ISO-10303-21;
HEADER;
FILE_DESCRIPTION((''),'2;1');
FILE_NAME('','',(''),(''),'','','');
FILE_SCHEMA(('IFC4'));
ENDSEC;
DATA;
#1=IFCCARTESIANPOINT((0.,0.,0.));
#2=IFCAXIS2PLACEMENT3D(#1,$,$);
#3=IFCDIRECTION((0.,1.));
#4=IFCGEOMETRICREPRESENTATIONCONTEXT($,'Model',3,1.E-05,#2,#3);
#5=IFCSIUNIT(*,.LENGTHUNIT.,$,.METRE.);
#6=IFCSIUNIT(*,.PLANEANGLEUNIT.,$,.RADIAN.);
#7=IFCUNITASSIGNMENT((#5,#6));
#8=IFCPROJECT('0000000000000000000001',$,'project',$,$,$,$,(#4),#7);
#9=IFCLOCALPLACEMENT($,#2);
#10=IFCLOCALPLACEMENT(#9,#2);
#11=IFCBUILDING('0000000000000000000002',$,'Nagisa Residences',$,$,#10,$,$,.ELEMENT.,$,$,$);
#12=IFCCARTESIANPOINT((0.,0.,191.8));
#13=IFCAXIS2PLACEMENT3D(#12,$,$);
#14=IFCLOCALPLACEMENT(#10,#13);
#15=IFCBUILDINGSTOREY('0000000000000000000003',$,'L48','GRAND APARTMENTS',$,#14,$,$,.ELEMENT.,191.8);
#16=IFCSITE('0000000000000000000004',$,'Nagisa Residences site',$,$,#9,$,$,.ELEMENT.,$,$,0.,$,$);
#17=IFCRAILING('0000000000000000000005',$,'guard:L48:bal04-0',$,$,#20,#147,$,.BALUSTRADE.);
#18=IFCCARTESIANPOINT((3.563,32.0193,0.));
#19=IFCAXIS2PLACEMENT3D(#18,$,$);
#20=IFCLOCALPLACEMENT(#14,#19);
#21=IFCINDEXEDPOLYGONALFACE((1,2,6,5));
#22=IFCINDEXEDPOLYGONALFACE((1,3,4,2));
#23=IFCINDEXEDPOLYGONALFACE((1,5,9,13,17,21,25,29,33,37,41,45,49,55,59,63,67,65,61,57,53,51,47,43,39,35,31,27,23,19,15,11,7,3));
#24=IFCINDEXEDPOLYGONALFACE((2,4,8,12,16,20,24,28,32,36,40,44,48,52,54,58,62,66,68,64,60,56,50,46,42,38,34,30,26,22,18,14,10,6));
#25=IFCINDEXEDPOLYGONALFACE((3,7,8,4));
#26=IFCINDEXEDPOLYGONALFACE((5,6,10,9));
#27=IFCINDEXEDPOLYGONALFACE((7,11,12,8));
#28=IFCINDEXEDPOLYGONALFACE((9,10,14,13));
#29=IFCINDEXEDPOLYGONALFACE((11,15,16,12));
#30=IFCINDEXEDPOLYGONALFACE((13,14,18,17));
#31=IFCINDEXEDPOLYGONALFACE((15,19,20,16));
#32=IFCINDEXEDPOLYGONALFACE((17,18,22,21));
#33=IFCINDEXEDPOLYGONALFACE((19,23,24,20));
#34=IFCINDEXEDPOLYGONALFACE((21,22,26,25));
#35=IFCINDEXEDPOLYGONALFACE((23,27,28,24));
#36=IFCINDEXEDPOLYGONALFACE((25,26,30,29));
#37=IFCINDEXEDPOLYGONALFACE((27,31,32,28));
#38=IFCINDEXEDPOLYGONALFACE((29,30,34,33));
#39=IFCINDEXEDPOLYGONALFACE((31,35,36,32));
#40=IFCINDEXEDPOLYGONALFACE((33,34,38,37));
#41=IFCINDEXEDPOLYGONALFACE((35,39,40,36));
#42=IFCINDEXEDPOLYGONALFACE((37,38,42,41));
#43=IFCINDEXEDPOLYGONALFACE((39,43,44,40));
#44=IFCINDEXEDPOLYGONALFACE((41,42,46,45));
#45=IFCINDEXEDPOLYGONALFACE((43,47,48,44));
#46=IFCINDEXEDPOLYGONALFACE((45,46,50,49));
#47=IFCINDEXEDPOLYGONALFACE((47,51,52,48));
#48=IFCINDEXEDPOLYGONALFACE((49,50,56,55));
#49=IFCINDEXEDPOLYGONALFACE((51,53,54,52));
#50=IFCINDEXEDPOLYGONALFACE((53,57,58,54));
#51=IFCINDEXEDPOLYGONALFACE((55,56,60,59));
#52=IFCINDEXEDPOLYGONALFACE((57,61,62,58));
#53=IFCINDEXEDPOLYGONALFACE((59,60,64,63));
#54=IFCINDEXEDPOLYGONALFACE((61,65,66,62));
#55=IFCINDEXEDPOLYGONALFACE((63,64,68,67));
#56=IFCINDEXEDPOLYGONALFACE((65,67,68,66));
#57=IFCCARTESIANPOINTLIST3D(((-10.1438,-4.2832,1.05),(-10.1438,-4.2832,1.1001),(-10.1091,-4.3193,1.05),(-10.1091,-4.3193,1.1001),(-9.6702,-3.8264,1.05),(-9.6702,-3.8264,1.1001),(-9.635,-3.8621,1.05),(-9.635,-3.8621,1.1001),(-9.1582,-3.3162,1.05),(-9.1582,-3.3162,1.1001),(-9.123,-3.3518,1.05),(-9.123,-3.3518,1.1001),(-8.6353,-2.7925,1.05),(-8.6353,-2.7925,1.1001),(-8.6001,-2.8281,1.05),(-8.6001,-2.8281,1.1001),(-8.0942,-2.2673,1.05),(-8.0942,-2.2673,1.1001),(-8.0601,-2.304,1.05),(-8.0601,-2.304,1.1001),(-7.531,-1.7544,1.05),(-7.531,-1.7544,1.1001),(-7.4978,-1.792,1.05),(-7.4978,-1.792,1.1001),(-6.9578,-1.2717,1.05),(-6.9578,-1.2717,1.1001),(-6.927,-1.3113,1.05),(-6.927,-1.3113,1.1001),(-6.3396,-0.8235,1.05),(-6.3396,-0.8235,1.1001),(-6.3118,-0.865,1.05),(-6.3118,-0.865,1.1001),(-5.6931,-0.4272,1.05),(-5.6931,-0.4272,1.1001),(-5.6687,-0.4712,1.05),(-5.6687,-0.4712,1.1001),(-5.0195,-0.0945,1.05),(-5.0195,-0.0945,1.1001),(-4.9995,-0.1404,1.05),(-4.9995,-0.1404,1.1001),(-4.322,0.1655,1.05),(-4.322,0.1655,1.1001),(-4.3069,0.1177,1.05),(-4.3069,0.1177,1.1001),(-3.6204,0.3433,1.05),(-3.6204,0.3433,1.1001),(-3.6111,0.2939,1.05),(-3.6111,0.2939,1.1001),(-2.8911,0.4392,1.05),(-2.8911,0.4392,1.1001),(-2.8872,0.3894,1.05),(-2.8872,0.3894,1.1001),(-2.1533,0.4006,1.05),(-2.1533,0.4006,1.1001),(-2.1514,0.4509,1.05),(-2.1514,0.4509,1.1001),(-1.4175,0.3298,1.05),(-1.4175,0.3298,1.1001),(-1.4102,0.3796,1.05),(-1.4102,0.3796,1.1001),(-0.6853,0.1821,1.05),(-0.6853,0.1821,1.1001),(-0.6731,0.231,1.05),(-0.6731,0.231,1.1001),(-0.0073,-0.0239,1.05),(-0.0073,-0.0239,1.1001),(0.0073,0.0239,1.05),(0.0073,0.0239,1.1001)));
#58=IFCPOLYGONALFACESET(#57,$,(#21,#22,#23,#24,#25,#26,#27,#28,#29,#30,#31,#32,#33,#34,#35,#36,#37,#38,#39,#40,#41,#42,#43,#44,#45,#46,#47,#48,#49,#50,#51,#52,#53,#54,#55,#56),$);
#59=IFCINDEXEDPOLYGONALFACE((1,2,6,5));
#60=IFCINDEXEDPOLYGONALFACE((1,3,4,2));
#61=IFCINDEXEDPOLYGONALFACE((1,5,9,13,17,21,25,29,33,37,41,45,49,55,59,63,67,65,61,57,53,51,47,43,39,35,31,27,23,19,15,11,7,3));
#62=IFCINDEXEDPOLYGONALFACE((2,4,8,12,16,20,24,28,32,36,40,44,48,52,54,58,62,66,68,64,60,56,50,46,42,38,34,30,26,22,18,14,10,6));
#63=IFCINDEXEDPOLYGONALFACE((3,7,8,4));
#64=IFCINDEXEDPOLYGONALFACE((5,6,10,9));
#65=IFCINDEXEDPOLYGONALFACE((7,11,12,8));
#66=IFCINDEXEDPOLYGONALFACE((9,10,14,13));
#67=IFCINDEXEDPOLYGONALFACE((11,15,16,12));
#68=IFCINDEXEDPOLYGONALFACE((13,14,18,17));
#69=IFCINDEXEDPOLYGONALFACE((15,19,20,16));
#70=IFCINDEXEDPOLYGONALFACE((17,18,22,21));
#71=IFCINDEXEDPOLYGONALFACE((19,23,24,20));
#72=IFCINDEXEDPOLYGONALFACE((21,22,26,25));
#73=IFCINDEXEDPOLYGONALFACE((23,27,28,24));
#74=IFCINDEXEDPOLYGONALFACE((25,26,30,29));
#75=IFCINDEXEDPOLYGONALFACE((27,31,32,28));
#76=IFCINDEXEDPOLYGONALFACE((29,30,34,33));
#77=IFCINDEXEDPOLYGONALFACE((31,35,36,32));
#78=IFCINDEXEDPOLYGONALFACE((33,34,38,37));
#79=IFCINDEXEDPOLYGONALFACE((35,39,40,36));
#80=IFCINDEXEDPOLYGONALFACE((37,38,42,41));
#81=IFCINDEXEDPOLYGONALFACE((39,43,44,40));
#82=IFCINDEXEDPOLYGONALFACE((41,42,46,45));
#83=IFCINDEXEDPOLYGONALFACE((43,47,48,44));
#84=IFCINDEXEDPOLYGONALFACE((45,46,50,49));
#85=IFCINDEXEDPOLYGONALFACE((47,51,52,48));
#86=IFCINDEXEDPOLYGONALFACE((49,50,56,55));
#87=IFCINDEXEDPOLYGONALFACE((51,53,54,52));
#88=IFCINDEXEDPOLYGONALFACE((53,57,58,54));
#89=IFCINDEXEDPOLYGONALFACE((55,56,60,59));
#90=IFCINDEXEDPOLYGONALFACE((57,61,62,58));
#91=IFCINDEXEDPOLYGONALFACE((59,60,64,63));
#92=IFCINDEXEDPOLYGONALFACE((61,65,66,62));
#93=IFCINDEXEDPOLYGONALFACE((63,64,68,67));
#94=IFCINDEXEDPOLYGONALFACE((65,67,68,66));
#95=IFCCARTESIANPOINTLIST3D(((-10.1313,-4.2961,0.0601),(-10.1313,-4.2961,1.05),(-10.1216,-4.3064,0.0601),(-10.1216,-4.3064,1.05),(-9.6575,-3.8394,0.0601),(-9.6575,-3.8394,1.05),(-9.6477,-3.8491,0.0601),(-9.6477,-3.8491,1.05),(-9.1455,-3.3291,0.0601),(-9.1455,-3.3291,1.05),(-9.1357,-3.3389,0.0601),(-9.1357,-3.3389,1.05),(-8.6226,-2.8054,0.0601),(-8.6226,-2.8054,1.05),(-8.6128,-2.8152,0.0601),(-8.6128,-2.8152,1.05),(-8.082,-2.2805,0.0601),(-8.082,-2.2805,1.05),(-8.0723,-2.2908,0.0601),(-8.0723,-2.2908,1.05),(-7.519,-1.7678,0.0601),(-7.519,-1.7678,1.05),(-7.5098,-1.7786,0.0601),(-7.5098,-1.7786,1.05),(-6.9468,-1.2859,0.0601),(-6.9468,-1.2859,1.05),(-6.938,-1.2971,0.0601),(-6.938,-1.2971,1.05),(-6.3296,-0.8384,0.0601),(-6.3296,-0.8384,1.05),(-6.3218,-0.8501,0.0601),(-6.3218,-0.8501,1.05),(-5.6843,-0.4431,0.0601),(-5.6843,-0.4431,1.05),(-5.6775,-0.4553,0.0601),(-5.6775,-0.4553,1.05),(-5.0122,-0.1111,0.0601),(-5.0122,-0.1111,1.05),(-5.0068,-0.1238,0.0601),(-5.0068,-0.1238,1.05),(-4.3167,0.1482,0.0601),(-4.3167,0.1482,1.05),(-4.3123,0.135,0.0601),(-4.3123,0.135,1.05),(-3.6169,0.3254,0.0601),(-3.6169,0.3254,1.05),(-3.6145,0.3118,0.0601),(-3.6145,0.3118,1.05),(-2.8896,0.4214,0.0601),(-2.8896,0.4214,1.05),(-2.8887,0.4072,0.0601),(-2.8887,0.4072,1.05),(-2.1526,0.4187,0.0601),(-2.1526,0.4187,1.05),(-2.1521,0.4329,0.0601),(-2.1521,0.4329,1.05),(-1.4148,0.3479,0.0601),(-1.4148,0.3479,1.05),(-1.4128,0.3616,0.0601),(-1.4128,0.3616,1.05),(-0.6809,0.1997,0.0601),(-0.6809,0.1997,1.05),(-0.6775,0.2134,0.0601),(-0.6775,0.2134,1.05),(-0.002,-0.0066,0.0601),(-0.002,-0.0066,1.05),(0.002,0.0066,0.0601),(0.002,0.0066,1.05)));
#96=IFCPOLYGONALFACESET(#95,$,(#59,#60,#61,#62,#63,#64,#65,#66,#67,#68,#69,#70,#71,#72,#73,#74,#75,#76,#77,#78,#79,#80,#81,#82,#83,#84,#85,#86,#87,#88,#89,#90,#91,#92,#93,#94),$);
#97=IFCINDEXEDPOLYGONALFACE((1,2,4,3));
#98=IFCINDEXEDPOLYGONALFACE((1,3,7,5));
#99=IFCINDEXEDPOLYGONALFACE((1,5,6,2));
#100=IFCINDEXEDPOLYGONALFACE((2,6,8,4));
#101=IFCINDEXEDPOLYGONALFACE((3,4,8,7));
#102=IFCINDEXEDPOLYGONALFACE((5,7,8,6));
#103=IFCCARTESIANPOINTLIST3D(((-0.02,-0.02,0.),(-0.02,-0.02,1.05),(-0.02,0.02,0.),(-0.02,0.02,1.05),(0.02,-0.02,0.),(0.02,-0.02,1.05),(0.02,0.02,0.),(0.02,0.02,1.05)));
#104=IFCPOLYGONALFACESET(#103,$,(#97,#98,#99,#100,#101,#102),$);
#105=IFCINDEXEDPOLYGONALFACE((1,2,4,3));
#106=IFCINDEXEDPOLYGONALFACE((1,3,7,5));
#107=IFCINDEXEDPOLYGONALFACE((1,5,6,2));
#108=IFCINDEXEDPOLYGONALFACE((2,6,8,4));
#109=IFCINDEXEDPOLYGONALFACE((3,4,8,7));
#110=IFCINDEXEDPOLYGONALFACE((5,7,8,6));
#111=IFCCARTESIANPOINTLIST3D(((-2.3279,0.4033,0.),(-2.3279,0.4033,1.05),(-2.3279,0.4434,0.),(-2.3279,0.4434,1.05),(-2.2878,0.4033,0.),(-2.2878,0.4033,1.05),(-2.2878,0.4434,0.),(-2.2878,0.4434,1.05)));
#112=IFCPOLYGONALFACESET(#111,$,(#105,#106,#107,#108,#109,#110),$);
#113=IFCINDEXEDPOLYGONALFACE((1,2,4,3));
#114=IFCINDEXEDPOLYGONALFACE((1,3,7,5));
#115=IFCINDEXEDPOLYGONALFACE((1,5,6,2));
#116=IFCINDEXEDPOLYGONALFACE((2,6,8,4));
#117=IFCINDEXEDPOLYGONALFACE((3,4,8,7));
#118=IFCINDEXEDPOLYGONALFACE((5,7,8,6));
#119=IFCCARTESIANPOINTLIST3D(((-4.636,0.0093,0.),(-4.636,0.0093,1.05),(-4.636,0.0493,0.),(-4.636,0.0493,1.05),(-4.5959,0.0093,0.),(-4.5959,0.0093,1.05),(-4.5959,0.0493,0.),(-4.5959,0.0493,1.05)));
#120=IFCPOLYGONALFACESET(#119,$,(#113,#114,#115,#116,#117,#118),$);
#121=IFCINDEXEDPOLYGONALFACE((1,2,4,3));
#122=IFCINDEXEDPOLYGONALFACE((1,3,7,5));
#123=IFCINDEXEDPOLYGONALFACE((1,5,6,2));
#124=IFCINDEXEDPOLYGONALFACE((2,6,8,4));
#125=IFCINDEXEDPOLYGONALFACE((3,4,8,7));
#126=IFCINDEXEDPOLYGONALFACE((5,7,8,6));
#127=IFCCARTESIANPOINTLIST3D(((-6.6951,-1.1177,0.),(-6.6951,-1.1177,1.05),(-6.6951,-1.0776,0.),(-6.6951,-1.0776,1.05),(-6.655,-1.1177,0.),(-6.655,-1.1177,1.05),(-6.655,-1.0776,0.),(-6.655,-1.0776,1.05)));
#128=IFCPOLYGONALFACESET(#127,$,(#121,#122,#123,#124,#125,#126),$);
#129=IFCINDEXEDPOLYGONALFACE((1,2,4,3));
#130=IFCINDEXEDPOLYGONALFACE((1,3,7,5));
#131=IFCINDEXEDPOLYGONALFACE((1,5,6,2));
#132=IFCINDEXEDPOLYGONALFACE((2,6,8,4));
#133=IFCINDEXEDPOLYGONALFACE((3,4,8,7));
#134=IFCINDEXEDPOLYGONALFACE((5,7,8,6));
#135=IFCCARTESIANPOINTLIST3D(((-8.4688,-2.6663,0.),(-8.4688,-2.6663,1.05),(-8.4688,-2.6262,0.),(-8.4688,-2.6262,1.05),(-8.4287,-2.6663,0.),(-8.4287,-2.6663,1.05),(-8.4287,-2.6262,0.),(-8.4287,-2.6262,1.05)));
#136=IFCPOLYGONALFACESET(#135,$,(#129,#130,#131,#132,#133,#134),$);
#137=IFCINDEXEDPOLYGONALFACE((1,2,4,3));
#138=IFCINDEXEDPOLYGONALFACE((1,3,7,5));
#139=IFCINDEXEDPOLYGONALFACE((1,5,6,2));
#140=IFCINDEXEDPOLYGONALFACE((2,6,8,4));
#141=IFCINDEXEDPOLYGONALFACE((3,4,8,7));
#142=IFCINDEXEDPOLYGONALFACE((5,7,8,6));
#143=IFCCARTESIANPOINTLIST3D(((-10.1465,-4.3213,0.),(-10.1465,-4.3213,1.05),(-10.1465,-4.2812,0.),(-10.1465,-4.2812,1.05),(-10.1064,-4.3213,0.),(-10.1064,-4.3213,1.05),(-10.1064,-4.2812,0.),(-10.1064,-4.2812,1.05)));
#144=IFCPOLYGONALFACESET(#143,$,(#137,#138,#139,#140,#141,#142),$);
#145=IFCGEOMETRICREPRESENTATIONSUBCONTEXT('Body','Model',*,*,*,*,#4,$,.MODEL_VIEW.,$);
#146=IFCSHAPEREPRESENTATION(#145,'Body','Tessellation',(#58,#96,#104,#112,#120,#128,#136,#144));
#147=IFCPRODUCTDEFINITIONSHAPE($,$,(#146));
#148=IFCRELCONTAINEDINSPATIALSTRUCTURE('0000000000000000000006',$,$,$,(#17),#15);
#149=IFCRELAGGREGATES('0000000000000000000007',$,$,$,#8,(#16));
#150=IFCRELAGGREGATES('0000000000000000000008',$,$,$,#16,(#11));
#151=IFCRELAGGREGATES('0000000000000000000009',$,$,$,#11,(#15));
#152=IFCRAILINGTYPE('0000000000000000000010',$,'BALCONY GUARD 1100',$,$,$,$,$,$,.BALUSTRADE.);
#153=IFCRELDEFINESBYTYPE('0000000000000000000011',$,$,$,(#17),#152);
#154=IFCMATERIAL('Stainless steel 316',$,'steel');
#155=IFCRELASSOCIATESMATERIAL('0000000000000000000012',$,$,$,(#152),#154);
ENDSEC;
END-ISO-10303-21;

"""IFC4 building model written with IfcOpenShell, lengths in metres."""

from ifc_helpers import new_model, si_unit, direction, frame, origin, origin_2d, place, context, subcontext, project, spatial, polyline, rectangle, outline, extrude, material, type_object, element, save


model = new_model("IFC4")

# Units and contexts
model_context = context("Model", 3, precision=1e-05, world=origin(), true_north=direction((0.0, 1.0)))
body_context = subcontext(model_context, "Body", "Model", "MODEL_VIEW")
ifc_project = project(units=[si_unit("LENGTHUNIT", "METRE"), si_unit("PLANEANGLEUNIT", "RADIAN")], contexts=[model_context])

# Site, building, storey
site_placement = place(None, origin())
site = spatial("IfcSite", under=ifc_project, at=site_placement, Name="Nagisa Residences site", CompositionType="ELEMENT", RefElevation=0.0)
building_placement = place(site_placement, origin())
building = spatial("IfcBuilding", under=site, at=building_placement, Name="Nagisa Residences", CompositionType="ELEMENT")
storey_placement = place(building_placement, frame((0.0, 0.0, 191.8)))
storey = spatial("IfcBuildingStorey", under=building, at=storey_placement, Name="L48", Description="GRAND APARTMENTS", CompositionType="ELEMENT", Elevation=191.8)

# Railing
ifc_material_1 = material(Name="Stainless steel 316", Category="steel")
railing_type = type_object("IfcRailingType", Name="BALCONY GUARD 1100", PredefinedType="BALUSTRADE", material=ifc_material_1)
railing_placement = place(storey_placement, frame((3.563, 32.0193, 0.0)))
element("IfcRailing", 1, at=railing_placement, inside=storey, type_object=railing_type, Name="guard:L48:bal04-0", PredefinedType="BALUSTRADE", context=body_context, shape_type="SweptSolid", body=[
    extrude(outline(polyline([(-0.6853, 0.1821), (-0.0073, -0.0239), (0.0073, 0.0239), (-0.6731, 0.231), (-1.4102, 0.3796), (-2.1514, 0.4509), (-2.8911, 0.4392), (-3.6204, 0.3433), (-4.322, 0.1655), (-5.0195, -0.0945), (-5.6931, -0.4272), (-6.3396, -0.8235), (-6.9578, -1.2717), (-7.531, -1.7544), (-8.0942, -2.2673), (-8.6353, -2.7925), (-9.1582, -3.3162), (-9.6702, -3.8264), (-10.1438, -4.2832), (-10.1091, -4.3193), (-9.635, -3.8621), (-9.123, -3.3518), (-8.6001, -2.8281), (-8.0601, -2.304), (-7.4978, -1.792), (-6.927, -1.3113), (-6.3118, -0.865), (-5.6687, -0.4712), (-4.9995, -0.1404), (-4.3069, 0.1177), (-3.6111, 0.2939), (-2.8872, 0.3894), (-2.1533, 0.4006), (-1.4175, 0.3298), (-0.6853, 0.1821)])), frame((0.0, 0.0, 1.05)), (0.0, 0.0, 1.0), 0.05),
    extrude(outline(polyline([(-0.6809, 0.1997), (-0.002, -0.0066), (0.002, 0.0066), (-0.6775, 0.2134), (-1.4128, 0.3616), (-2.1521, 0.4329), (-2.8896, 0.4214), (-3.6169, 0.3254), (-4.3167, 0.1482), (-5.0122, -0.1111), (-5.6843, -0.4431), (-6.3296, -0.8384), (-6.9468, -1.2859), (-7.519, -1.7678), (-8.082, -2.2805), (-8.6226, -2.8054), (-9.1455, -3.3291), (-9.6575, -3.8394), (-10.1313, -4.2961), (-10.1216, -4.3064), (-9.6477, -3.8491), (-9.1357, -3.3389), (-8.6128, -2.8152), (-8.0723, -2.2908), (-7.5098, -1.7786), (-6.938, -1.2971), (-6.3218, -0.8501), (-5.6775, -0.4553), (-5.0068, -0.1238), (-4.3123, 0.135), (-3.6145, 0.3118), (-2.8887, 0.4072), (-2.1526, 0.4187), (-1.4148, 0.3479), (-0.6809, 0.1997)])), frame((0.0, 0.0, 0.0601)), (0.0, 0.0, 1.0), 0.99),
    extrude(rectangle(XDim=0.04, YDim=0.04, at=origin_2d()), origin(), (0.0, 0.0, 1.0), 1.05),
    extrude(rectangle(XDim=0.04, YDim=0.04, at=origin_2d()), frame((-2.3079, 0.4233, 0.0)), (0.0, 0.0, 1.0), 1.05),
    extrude(rectangle(XDim=0.04, YDim=0.04, at=origin_2d()), frame((-4.616, 0.0293, 0.0)), (0.0, 0.0, 1.0), 1.05),
    extrude(rectangle(XDim=0.04, YDim=0.04, at=origin_2d()), frame((-6.675, -1.0977, 0.0)), (0.0, 0.0, 1.0), 1.05),
    extrude(rectangle(XDim=0.04, YDim=0.04, at=origin_2d()), frame((-8.4487, -2.6462, 0.0)), (0.0, 0.0, 1.0), 1.05),
    extrude(rectangle(XDim=0.04, YDim=0.04, at=origin_2d()), frame((-10.1265, -4.3013, 0.0)), (0.0, 0.0, 1.0), 1.05),
])

save(model, "model.ifc")
